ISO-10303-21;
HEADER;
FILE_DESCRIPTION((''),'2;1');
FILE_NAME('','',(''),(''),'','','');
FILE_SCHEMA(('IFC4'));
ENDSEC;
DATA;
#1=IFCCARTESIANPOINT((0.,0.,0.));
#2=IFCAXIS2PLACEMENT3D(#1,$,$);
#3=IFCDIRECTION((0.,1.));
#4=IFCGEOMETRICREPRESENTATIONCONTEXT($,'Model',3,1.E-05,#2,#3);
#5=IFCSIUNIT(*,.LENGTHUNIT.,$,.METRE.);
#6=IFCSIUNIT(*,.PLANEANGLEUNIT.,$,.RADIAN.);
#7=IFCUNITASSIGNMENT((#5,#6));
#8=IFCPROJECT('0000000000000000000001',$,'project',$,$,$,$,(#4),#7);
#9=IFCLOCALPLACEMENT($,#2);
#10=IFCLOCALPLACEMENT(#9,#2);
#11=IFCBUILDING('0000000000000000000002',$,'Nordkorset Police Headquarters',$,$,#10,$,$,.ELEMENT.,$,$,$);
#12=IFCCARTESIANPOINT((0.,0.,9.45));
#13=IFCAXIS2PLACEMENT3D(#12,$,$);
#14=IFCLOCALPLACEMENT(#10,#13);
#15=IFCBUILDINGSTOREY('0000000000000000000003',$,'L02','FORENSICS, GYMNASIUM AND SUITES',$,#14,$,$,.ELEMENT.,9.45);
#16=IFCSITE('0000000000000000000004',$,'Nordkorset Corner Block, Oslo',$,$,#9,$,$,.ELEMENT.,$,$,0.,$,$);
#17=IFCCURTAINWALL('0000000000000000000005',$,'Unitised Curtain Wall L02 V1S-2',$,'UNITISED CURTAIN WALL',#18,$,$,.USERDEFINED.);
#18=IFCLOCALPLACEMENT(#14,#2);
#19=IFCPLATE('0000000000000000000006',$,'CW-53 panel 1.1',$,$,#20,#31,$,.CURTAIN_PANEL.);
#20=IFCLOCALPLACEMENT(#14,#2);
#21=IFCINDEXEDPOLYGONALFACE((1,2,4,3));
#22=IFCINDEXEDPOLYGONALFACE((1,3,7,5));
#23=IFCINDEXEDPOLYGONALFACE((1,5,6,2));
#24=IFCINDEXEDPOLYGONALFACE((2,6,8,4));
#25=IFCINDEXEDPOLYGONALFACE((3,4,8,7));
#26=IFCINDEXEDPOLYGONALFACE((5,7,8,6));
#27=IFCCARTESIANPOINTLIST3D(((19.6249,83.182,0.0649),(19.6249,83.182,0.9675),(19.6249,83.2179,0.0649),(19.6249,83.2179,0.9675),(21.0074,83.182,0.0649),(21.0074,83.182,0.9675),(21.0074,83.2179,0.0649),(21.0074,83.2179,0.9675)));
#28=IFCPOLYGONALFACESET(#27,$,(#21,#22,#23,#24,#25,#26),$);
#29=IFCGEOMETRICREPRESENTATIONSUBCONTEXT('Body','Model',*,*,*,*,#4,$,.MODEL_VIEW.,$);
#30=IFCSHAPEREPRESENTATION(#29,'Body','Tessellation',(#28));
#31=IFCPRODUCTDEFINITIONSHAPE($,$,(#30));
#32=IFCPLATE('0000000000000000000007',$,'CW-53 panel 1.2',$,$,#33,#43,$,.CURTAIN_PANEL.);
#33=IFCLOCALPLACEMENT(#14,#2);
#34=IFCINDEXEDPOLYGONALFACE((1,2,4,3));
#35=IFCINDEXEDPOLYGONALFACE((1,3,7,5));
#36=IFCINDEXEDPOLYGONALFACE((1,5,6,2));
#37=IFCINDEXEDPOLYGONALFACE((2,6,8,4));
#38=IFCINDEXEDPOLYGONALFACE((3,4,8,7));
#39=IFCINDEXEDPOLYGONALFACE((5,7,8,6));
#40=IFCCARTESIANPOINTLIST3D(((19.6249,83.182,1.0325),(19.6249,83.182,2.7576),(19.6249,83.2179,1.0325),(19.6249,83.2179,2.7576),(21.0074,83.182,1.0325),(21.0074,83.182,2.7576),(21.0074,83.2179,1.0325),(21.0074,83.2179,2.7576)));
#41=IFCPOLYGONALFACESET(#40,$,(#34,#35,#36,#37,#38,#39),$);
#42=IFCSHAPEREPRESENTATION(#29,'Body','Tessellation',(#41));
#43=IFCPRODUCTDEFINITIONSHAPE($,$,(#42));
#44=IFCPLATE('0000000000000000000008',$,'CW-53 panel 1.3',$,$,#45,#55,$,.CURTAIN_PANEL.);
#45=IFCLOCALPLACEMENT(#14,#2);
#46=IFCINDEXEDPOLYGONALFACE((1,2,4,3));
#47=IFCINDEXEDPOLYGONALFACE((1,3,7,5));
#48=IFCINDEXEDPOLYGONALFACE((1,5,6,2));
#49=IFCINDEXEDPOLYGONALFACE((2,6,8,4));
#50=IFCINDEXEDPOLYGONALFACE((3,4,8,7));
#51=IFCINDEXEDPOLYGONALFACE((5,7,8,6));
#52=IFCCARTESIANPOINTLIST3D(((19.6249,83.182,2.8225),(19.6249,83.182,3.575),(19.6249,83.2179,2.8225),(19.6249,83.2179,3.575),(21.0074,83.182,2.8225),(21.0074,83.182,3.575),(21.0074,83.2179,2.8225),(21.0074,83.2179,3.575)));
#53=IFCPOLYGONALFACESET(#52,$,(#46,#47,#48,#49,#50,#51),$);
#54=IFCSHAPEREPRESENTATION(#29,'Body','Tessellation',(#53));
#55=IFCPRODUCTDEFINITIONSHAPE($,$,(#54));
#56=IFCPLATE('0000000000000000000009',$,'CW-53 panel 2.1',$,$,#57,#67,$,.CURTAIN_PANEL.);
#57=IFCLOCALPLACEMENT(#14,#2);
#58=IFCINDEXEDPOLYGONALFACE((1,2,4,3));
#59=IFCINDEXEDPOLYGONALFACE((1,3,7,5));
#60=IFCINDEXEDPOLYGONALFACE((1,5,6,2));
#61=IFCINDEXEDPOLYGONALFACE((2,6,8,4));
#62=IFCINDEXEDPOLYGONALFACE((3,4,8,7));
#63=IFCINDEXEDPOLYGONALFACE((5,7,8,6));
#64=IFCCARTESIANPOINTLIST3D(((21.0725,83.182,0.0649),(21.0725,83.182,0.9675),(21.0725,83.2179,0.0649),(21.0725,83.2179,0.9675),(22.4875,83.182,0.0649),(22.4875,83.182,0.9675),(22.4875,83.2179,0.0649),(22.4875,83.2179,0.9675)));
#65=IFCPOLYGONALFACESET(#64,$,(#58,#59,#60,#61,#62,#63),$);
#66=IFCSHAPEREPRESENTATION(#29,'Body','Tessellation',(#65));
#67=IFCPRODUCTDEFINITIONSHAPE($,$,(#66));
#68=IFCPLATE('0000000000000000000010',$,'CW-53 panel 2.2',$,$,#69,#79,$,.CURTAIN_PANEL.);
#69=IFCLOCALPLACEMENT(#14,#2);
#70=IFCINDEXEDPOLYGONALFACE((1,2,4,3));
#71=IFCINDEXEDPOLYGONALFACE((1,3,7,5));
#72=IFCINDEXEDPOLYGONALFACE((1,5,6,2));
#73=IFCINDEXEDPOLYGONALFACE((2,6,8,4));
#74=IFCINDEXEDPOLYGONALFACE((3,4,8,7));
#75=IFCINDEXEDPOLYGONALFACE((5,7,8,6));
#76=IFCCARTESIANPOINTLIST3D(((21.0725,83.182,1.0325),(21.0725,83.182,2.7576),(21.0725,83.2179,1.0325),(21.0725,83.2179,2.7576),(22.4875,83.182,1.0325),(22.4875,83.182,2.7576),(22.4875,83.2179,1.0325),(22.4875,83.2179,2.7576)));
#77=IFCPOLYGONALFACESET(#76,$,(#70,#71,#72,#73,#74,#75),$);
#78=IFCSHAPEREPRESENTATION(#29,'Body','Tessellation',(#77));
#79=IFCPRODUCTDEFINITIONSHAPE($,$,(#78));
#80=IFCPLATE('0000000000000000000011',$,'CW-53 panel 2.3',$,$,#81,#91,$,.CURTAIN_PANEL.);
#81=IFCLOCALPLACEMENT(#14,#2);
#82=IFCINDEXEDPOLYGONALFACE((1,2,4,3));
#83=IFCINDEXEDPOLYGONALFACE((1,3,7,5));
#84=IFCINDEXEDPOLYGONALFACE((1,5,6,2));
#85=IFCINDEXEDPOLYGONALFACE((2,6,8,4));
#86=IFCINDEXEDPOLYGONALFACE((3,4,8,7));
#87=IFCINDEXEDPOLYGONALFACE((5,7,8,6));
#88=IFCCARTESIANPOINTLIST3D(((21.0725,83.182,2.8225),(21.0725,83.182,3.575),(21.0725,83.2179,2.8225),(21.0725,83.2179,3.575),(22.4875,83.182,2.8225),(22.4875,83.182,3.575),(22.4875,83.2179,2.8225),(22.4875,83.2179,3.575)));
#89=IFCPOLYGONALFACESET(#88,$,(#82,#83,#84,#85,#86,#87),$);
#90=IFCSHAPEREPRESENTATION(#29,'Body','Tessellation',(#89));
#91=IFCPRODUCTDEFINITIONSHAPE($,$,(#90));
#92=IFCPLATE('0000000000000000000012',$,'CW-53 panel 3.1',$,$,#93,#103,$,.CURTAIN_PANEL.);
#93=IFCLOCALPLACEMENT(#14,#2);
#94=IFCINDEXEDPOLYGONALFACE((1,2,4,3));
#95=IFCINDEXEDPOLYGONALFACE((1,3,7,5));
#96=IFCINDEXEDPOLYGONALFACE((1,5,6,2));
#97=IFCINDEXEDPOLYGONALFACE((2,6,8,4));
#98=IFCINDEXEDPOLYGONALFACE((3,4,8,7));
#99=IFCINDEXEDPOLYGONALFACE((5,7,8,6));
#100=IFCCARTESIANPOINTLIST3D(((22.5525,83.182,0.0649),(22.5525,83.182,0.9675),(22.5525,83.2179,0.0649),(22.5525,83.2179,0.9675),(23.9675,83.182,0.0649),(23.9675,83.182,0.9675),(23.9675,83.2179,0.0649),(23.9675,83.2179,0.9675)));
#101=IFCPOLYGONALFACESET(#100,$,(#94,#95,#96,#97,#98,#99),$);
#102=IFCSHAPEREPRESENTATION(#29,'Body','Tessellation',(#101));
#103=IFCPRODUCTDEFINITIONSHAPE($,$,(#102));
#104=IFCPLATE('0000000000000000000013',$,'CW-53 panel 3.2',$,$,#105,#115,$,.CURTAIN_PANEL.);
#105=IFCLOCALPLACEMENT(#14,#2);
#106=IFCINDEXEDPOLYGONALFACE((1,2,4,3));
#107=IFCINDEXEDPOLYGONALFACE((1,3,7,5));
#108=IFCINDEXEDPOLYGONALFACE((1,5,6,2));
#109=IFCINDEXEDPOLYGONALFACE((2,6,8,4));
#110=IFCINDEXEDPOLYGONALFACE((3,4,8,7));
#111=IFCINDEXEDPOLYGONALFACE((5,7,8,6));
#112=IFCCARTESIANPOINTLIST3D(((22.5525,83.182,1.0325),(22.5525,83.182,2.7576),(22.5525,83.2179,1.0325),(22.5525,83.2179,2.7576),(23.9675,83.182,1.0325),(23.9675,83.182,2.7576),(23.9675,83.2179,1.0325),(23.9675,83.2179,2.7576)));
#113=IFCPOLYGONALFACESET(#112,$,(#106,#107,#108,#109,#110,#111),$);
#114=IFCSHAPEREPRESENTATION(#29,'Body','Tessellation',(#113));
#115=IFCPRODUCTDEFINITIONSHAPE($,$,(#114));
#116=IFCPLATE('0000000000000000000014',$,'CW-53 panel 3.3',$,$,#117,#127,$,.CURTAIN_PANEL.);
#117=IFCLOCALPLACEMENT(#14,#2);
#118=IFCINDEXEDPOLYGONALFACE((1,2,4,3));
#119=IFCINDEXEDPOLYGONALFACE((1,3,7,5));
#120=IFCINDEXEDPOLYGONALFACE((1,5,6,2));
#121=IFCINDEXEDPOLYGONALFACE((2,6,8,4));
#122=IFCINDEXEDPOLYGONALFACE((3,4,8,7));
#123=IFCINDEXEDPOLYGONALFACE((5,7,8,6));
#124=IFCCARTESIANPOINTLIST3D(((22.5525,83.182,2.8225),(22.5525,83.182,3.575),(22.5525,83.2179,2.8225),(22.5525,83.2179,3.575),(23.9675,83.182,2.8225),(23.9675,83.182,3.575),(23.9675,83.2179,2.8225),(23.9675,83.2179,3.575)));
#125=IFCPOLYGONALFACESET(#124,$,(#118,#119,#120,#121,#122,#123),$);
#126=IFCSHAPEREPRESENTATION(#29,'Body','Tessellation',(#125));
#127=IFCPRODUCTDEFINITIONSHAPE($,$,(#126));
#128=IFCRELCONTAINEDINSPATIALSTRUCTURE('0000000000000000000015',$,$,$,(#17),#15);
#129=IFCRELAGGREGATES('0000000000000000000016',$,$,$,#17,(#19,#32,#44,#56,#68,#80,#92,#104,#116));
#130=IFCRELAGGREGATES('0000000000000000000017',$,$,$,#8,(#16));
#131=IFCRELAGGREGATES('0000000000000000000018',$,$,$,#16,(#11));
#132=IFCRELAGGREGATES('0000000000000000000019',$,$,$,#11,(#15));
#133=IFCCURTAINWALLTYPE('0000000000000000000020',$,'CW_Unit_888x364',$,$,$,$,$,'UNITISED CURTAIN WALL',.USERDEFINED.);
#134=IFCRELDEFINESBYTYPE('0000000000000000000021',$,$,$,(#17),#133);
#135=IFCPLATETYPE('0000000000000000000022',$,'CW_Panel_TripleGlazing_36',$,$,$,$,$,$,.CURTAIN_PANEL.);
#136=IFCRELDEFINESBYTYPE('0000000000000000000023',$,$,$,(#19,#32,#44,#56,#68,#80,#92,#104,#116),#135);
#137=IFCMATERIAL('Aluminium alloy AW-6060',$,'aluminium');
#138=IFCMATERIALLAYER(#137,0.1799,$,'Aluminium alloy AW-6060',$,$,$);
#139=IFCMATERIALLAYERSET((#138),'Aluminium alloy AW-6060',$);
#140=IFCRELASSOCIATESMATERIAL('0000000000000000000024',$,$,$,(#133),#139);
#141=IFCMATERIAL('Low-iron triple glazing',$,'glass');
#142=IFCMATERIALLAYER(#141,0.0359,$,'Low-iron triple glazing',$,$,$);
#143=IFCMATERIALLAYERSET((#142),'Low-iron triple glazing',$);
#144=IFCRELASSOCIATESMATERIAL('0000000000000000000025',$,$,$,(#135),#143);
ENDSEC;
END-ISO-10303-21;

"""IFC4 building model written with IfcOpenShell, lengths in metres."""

from ifc_helpers import new_model, si_unit, direction, frame, origin, origin_2d, place, context, subcontext, project, spatial, rectangle, extrude, material, layer, layer_set, type_object, element, aggregate, save


model = new_model("IFC4")

# Units and contexts
model_context = context("Model", 3, precision=1e-05, world=origin(), true_north=direction((0.0, 1.0)))
body_context = subcontext(model_context, "Body", "Model", "MODEL_VIEW")
ifc_project = project(units=[si_unit("LENGTHUNIT", "METRE"), si_unit("PLANEANGLEUNIT", "RADIAN")], contexts=[model_context])

# Site, building, storey
site_placement = place(None, origin())
site = spatial("IfcSite", under=ifc_project, at=site_placement, Name="Nordkorset Corner Block, Oslo", CompositionType="ELEMENT", RefElevation=0.0)
building_placement = place(site_placement, origin())
building = spatial("IfcBuilding", under=site, at=building_placement, Name="Nordkorset Police Headquarters", CompositionType="ELEMENT")
storey_placement = place(building_placement, frame((0.0, 0.0, 9.45)))
storey = spatial("IfcBuildingStorey", under=building, at=storey_placement, Name="L02", Description="FORENSICS, GYMNASIUM AND SUITES", CompositionType="ELEMENT", Elevation=9.45)

# Curtain wall, plates
ifc_material_1 = material(Name="Aluminium alloy AW-6060", Category="aluminium")
ifc_layer_1 = layer(ifc_material_1, 0.1799, Name="Aluminium alloy AW-6060")
ifc_layer_set_1 = layer_set([ifc_layer_1], Name="Aluminium alloy AW-6060")
curtain_wall_type = type_object("IfcCurtainWallType", Name="CW_Unit_888x364", ElementType="UNITISED CURTAIN WALL", PredefinedType="USERDEFINED", material=ifc_layer_set_1)
curtain_wall_placement = place(storey_placement, origin())
curtain_wall = element("IfcCurtainWall", 1, at=curtain_wall_placement, inside=storey, type_object=curtain_wall_type, Name="Unitised Curtain Wall L02 V1S-2", ObjectType="UNITISED CURTAIN WALL", PredefinedType="USERDEFINED")
ifc_material_2 = material(Name="Low-iron triple glazing", Category="glass")
ifc_layer_2 = layer(ifc_material_2, 0.0359, Name="Low-iron triple glazing")
ifc_layer_set_2 = layer_set([ifc_layer_2], Name="Low-iron triple glazing")
plate_type = type_object("IfcPlateType", Name="CW_Panel_TripleGlazing_36", PredefinedType="CURTAIN_PANEL", material=ifc_layer_set_2)
plate_1_placement = place(storey_placement, frame((20.3162, 83.2, 0.0649), z_axis=(0.0, 0.0, 1.0), x_axis=(1.0, 0.0, 0.0)))
plate_1 = element("IfcPlate", 2, at=plate_1_placement, type_object=plate_type, Name="CW-53 panel 1.1", PredefinedType="CURTAIN_PANEL", context=body_context, shape_type="SweptSolid", body=[
    extrude(rectangle(XDim=1.3826, YDim=0.0359, at=origin_2d()), origin(), (0.0, 0.0, 1.0), 0.9026),
])
plate_2_placement = place(storey_placement, frame((20.3162, 83.2, 1.0325), z_axis=(0.0, 0.0, 1.0), x_axis=(1.0, 0.0, 0.0)))
plate_2 = element("IfcPlate", 3, at=plate_2_placement, type_object=plate_type, Name="CW-53 panel 1.2", PredefinedType="CURTAIN_PANEL", context=body_context, shape_type="SweptSolid", body=[
    extrude(rectangle(XDim=1.3826, YDim=0.0359, at=origin_2d()), origin(), (0.0, 0.0, 1.0), 1.7251),
])
plate_3_placement = place(storey_placement, frame((20.3162, 83.2, 2.8225), z_axis=(0.0, 0.0, 1.0), x_axis=(1.0, 0.0, 0.0)))
plate_3 = element("IfcPlate", 4, at=plate_3_placement, type_object=plate_type, Name="CW-53 panel 1.3", PredefinedType="CURTAIN_PANEL", context=body_context, shape_type="SweptSolid", body=[
    extrude(rectangle(XDim=1.3826, YDim=0.0359, at=origin_2d()), origin(), (0.0, 0.0, 1.0), 0.7524),
])
plate_4_placement = place(storey_placement, frame((21.78, 83.2, 0.0649), z_axis=(0.0, 0.0, 1.0), x_axis=(1.0, 0.0, 0.0)))
plate_4 = element("IfcPlate", 5, at=plate_4_placement, type_object=plate_type, Name="CW-53 panel 2.1", PredefinedType="CURTAIN_PANEL", context=body_context, shape_type="SweptSolid", body=[
    extrude(rectangle(XDim=1.415, YDim=0.0359, at=origin_2d()), origin(), (0.0, 0.0, 1.0), 0.9026),
])
plate_5_placement = place(storey_placement, frame((21.78, 83.2, 1.0325), z_axis=(0.0, 0.0, 1.0), x_axis=(1.0, 0.0, 0.0)))
plate_5 = element("IfcPlate", 6, at=plate_5_placement, type_object=plate_type, Name="CW-53 panel 2.2", PredefinedType="CURTAIN_PANEL", context=body_context, shape_type="SweptSolid", body=[
    extrude(rectangle(XDim=1.415, YDim=0.0359, at=origin_2d()), origin(), (0.0, 0.0, 1.0), 1.7251),
])
plate_6_placement = place(storey_placement, frame((21.78, 83.2, 2.8225), z_axis=(0.0, 0.0, 1.0), x_axis=(1.0, 0.0, 0.0)))
plate_6 = element("IfcPlate", 7, at=plate_6_placement, type_object=plate_type, Name="CW-53 panel 2.3", PredefinedType="CURTAIN_PANEL", context=body_context, shape_type="SweptSolid", body=[
    extrude(rectangle(XDim=1.415, YDim=0.0359, at=origin_2d()), origin(), (0.0, 0.0, 1.0), 0.7524),
])
plate_7_placement = place(storey_placement, frame((23.26, 83.2, 0.0649), z_axis=(0.0, 0.0, 1.0), x_axis=(1.0, 0.0, 0.0)))
plate_7 = element("IfcPlate", 8, at=plate_7_placement, type_object=plate_type, Name="CW-53 panel 3.1", PredefinedType="CURTAIN_PANEL", context=body_context, shape_type="SweptSolid", body=[
    extrude(rectangle(XDim=1.415, YDim=0.0359, at=origin_2d()), origin(), (0.0, 0.0, 1.0), 0.9026),
])
plate_8_placement = place(storey_placement, frame((23.26, 83.2, 1.0325), z_axis=(0.0, 0.0, 1.0), x_axis=(1.0, 0.0, 0.0)))
plate_8 = element("IfcPlate", 9, at=plate_8_placement, type_object=plate_type, Name="CW-53 panel 3.2", PredefinedType="CURTAIN_PANEL", context=body_context, shape_type="SweptSolid", body=[
    extrude(rectangle(XDim=1.415, YDim=0.0359, at=origin_2d()), origin(), (0.0, 0.0, 1.0), 1.7251),
])
plate_9_placement = place(storey_placement, frame((23.26, 83.2, 2.8225), z_axis=(0.0, 0.0, 1.0), x_axis=(1.0, 0.0, 0.0)))
plate_9 = element("IfcPlate", 10, at=plate_9_placement, type_object=plate_type, Name="CW-53 panel 3.3", PredefinedType="CURTAIN_PANEL", context=body_context, shape_type="SweptSolid", body=[
    extrude(rectangle(XDim=1.415, YDim=0.0359, at=origin_2d()), origin(), (0.0, 0.0, 1.0), 0.7524),
])
aggregate(curtain_wall, [plate_1, plate_2, plate_3, plate_4, plate_5, plate_6, plate_7, plate_8, plate_9])

save(model, "model.ifc")
